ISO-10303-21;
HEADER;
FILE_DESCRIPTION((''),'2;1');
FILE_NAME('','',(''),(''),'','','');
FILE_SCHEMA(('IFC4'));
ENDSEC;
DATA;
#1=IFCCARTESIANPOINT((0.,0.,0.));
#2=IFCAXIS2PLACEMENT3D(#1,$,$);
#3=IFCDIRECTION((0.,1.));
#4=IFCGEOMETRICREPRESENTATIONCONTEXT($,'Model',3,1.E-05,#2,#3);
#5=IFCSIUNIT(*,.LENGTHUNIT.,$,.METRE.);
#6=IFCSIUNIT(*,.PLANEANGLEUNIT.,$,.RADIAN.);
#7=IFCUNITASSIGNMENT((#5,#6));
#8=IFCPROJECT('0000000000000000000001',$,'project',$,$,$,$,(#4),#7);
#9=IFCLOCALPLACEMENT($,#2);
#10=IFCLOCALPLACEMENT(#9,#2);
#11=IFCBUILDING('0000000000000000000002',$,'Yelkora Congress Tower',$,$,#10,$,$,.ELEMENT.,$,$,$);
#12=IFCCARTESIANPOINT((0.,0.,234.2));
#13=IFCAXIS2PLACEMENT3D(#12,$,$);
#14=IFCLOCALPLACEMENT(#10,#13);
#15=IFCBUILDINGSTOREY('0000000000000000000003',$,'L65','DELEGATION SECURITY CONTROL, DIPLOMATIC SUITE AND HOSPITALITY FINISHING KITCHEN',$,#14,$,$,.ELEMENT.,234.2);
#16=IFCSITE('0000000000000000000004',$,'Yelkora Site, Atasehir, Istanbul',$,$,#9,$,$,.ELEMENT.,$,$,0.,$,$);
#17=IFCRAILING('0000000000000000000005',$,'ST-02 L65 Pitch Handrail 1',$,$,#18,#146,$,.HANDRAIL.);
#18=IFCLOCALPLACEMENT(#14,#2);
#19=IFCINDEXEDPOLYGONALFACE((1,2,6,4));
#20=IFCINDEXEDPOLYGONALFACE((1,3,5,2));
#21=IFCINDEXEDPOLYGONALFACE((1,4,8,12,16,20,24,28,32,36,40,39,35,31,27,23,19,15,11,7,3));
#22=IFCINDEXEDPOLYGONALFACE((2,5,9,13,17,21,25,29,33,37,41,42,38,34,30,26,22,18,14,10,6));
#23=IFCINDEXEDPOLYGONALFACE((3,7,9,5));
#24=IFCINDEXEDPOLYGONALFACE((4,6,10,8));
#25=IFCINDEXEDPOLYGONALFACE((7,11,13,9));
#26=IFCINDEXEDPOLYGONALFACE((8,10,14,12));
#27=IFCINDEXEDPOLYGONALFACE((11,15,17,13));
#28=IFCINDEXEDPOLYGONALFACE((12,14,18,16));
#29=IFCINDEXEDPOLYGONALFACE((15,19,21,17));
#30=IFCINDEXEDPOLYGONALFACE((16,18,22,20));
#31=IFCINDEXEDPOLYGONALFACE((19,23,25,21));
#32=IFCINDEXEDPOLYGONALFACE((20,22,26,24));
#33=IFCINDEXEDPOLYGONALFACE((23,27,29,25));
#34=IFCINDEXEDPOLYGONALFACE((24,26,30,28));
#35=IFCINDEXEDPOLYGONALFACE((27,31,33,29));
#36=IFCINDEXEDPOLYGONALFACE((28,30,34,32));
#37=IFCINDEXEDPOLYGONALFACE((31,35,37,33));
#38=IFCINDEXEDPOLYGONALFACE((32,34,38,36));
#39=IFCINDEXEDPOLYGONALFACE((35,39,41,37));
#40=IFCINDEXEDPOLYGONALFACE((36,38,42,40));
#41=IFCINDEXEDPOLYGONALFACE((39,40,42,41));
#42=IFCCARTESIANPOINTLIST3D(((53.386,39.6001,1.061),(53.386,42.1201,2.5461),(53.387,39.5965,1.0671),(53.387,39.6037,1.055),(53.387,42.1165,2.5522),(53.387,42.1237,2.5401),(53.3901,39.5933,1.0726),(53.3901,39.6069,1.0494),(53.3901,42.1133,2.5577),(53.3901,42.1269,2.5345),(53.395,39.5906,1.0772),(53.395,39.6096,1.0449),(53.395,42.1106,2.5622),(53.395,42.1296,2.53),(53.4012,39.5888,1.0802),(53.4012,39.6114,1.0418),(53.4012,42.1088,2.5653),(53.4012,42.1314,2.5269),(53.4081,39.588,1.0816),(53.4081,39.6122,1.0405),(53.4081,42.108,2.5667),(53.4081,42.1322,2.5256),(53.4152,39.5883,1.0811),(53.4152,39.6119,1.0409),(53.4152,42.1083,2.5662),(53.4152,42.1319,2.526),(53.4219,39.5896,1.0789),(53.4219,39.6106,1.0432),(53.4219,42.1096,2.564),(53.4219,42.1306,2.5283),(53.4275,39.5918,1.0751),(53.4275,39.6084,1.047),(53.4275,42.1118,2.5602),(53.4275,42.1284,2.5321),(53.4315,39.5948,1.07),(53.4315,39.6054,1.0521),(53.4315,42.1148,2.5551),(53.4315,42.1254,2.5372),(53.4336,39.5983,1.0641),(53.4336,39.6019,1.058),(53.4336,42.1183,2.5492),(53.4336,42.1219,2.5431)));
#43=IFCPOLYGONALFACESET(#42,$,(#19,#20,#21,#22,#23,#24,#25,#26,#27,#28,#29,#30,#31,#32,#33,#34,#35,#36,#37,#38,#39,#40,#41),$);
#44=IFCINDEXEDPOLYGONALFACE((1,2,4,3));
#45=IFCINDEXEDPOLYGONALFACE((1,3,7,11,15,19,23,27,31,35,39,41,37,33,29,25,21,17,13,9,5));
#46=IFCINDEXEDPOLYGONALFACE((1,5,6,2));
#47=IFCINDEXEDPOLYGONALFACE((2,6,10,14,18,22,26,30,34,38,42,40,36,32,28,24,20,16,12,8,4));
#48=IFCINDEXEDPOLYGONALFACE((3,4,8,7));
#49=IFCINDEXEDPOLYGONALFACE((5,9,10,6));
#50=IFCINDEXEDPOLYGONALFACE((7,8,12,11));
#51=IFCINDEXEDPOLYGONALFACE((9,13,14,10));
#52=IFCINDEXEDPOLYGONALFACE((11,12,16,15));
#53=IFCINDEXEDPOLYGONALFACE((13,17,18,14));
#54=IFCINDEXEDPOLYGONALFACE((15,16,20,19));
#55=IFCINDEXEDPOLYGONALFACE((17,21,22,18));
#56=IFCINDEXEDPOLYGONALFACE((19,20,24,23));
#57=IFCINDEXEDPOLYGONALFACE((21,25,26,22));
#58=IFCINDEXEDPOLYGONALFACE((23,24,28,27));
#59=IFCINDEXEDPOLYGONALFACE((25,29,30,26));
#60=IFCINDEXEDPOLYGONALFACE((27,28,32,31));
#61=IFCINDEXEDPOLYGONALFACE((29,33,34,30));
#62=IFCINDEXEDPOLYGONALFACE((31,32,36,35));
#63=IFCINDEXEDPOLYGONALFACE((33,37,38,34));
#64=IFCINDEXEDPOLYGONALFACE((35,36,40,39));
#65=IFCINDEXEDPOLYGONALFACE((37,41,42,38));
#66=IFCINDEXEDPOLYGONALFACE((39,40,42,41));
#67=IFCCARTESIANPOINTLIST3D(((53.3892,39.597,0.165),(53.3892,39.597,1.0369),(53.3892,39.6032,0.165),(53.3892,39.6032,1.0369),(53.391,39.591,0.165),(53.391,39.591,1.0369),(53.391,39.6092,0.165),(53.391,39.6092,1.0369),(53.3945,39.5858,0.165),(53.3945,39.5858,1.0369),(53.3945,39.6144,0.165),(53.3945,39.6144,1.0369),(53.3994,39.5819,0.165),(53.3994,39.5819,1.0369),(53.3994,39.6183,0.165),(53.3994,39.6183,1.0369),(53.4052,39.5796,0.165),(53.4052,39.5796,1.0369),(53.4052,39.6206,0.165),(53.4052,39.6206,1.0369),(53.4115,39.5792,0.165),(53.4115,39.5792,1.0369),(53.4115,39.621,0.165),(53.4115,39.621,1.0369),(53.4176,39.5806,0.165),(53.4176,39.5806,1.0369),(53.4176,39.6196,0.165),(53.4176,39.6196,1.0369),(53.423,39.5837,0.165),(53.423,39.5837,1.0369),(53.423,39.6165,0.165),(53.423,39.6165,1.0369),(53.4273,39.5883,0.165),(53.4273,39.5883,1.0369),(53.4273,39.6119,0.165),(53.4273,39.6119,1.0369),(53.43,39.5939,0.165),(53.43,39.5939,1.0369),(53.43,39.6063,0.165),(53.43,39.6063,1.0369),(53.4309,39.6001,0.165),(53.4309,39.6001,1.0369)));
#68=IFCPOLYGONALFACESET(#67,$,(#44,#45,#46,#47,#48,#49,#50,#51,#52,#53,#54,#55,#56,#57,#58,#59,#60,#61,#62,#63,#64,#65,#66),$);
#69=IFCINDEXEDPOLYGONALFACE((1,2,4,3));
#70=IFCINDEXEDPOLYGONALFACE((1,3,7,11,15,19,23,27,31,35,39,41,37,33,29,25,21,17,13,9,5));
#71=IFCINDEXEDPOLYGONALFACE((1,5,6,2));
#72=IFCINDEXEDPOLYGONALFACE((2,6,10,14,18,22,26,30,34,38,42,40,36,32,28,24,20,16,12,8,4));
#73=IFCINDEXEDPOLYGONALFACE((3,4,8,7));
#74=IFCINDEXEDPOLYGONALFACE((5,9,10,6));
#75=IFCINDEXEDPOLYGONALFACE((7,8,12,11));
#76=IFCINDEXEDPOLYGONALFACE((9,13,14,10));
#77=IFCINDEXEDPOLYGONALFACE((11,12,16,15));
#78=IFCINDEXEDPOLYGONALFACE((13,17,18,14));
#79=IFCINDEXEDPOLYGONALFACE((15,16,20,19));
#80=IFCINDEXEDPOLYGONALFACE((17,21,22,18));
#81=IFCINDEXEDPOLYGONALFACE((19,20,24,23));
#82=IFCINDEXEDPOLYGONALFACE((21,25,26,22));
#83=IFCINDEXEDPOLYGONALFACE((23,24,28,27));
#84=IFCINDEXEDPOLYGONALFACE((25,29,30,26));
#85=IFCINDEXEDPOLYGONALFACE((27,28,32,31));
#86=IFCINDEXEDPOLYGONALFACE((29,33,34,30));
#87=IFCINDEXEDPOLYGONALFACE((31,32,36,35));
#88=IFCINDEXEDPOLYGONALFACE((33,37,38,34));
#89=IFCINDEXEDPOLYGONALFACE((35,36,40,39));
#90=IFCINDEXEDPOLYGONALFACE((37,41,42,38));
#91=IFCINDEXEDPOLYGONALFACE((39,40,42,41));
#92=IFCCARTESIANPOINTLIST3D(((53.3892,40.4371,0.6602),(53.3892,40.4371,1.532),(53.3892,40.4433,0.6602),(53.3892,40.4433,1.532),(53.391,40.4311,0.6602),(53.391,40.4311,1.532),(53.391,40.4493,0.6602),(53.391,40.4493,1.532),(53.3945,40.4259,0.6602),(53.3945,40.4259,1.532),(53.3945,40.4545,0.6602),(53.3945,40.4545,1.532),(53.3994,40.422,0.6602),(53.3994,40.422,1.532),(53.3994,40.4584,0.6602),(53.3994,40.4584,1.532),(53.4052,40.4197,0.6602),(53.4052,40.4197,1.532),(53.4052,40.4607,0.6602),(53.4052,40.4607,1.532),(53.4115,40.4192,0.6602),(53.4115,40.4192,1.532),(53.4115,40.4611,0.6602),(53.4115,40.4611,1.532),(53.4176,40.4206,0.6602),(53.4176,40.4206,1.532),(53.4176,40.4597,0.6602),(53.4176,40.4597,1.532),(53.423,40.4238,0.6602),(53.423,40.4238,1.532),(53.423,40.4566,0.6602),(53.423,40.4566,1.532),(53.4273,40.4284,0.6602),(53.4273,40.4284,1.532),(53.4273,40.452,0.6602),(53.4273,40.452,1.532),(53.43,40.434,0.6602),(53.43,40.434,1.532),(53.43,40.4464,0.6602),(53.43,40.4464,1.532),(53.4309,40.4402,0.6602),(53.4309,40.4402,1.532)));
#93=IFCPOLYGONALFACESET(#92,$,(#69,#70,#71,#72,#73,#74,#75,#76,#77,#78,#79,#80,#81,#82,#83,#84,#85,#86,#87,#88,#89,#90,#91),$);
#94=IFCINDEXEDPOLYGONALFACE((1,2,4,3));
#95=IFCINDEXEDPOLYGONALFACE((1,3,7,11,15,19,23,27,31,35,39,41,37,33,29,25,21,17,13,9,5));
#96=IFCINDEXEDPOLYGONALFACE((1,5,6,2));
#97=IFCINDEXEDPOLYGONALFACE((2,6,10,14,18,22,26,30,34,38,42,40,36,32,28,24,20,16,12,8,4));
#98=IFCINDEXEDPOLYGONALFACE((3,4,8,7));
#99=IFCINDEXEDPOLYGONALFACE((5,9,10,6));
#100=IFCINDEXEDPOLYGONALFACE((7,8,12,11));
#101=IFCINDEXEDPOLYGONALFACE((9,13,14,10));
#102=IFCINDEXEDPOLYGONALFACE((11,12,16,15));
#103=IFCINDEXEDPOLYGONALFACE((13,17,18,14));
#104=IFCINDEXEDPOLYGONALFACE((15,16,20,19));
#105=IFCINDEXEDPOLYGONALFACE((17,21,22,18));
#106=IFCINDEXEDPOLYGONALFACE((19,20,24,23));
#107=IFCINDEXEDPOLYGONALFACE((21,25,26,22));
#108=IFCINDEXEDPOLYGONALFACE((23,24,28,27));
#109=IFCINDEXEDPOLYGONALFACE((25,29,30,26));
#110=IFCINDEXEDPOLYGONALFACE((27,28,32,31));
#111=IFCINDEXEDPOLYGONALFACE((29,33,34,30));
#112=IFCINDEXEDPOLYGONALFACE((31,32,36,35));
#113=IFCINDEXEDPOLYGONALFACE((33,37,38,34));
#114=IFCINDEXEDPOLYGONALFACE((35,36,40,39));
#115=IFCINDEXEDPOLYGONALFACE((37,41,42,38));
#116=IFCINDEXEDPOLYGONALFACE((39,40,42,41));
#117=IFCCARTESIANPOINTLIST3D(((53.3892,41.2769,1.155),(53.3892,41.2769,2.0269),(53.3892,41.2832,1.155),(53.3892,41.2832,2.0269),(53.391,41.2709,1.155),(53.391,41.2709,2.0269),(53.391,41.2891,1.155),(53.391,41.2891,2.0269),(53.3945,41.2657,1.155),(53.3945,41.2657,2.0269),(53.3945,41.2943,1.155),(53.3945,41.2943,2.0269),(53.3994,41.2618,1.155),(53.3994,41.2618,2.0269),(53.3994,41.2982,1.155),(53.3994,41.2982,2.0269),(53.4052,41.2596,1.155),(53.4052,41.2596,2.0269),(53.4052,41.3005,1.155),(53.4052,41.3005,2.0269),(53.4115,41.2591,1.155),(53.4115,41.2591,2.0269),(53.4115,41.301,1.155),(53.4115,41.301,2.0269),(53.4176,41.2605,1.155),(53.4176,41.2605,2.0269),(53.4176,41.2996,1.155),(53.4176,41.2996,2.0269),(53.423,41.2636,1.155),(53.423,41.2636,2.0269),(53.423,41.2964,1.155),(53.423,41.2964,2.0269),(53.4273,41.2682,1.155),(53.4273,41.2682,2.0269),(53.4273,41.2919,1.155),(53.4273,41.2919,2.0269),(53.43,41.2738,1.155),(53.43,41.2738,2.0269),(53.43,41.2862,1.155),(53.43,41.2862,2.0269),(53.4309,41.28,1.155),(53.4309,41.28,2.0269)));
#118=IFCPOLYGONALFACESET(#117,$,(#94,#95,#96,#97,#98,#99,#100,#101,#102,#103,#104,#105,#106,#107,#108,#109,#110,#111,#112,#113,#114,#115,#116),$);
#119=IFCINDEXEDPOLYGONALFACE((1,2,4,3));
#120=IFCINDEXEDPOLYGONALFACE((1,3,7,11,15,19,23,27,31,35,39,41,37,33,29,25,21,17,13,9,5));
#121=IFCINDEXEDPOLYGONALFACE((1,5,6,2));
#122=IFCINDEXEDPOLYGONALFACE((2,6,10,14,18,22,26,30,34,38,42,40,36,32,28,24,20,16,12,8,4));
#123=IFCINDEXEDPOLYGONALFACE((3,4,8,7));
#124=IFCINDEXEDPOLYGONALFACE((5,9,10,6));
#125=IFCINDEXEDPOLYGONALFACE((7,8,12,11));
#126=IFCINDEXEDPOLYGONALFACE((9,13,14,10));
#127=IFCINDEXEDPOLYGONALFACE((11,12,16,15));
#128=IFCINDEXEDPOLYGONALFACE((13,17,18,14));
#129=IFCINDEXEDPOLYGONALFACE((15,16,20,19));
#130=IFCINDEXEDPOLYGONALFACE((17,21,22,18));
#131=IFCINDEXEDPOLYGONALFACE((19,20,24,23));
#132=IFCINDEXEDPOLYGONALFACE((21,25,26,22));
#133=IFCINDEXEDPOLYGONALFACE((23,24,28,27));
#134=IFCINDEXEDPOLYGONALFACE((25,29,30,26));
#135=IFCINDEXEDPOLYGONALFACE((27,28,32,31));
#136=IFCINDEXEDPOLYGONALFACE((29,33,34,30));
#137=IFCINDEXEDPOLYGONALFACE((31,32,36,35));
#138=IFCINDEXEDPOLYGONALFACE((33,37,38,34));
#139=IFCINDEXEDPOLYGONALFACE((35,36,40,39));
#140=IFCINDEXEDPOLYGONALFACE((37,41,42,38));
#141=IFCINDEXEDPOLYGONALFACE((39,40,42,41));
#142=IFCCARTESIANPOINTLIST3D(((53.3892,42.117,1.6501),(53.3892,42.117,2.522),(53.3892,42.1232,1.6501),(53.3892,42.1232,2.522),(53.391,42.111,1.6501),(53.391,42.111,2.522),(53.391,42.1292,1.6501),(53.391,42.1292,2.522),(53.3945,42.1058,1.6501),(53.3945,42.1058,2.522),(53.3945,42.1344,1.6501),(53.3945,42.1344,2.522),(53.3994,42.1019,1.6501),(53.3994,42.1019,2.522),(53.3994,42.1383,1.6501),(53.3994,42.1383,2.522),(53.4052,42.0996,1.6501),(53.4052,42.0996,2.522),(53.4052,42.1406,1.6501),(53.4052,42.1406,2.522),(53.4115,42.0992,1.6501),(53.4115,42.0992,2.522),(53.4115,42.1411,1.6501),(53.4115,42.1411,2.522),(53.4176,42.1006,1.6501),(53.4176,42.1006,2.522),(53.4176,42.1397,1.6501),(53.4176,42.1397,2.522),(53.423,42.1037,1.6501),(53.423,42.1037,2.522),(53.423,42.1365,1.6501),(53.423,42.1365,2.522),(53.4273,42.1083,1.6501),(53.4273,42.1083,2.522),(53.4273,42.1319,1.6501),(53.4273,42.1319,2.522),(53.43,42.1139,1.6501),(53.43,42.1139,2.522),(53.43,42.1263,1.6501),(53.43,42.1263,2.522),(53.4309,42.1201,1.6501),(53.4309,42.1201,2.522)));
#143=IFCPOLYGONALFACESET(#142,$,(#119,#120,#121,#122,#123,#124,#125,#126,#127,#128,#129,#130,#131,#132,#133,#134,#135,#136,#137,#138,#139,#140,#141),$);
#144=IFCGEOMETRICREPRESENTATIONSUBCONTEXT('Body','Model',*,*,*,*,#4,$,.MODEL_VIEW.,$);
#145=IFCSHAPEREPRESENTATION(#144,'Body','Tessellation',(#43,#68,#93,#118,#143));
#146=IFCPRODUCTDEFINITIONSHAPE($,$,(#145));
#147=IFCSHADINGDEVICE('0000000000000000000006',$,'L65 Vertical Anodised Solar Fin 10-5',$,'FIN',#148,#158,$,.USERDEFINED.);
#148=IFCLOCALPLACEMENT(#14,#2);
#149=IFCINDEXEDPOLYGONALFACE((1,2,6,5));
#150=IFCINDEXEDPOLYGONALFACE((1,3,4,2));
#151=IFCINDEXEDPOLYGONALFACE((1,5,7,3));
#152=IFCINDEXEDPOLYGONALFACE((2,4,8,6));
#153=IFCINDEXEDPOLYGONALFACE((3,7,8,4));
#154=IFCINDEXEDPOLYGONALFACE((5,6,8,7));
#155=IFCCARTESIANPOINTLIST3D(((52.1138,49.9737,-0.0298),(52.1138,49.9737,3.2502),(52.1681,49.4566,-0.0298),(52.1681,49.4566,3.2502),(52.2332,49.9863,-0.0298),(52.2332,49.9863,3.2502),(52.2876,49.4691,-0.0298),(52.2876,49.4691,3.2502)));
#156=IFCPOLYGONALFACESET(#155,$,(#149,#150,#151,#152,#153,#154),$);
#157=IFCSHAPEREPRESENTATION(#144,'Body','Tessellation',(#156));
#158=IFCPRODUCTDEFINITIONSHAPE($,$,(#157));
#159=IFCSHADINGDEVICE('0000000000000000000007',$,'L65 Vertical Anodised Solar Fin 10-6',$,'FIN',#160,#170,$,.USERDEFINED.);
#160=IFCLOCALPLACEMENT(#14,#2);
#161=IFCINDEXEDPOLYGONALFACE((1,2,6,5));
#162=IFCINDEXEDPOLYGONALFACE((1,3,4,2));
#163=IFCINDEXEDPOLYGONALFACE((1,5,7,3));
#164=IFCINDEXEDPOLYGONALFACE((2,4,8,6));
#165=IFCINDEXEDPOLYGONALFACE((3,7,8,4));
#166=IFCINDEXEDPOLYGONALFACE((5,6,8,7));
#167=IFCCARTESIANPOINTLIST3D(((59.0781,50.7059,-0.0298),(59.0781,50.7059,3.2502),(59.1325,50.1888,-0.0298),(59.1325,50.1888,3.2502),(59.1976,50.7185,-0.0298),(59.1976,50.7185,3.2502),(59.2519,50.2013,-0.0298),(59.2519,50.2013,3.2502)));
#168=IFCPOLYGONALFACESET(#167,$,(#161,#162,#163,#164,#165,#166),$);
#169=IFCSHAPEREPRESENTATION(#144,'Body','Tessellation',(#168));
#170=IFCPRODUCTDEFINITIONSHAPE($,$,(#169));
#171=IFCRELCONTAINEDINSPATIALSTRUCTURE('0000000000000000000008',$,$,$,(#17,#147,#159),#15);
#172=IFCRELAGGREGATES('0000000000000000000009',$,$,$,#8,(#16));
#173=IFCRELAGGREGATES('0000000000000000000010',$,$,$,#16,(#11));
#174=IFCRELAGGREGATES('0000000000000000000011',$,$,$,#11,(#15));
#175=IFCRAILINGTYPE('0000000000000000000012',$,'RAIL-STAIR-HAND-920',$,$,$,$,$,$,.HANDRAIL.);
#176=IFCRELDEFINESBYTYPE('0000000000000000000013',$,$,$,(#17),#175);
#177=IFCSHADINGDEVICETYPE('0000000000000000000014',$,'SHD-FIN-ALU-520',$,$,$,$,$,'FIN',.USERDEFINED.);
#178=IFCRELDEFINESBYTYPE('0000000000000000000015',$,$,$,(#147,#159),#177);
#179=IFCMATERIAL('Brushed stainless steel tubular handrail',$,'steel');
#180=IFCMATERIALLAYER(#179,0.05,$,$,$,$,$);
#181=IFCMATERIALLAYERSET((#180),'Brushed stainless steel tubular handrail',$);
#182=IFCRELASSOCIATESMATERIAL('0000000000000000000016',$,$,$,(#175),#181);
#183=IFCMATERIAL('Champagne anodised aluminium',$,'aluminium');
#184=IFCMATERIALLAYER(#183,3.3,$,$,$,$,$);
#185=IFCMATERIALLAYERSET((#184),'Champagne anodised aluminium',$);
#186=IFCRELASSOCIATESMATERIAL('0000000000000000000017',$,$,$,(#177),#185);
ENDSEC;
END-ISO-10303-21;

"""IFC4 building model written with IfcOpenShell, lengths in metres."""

from ifc_helpers import new_model, si_unit, direction, frame, origin, origin_2d, place, context, subcontext, project, spatial, rectangle, circle, extrude, material, layer, layer_set, type_object, element, save


model = new_model("IFC4")

# Units and contexts
model_context = context("Model", 3, precision=1e-05, world=origin(), true_north=direction((0.0, 1.0)))
body_context = subcontext(model_context, "Body", "Model", "MODEL_VIEW")
ifc_project = project(units=[si_unit("LENGTHUNIT", "METRE"), si_unit("PLANEANGLEUNIT", "RADIAN")], contexts=[model_context])

# Site, building, storey
site_placement = place(None, origin())
site = spatial("IfcSite", under=ifc_project, at=site_placement, Name="Yelkora Site, Atasehir, Istanbul", CompositionType="ELEMENT", RefElevation=0.0)
building_placement = place(site_placement, origin())
building = spatial("IfcBuilding", under=site, at=building_placement, Name="Yelkora Congress Tower", CompositionType="ELEMENT")
storey_placement = place(building_placement, frame((0.0, 0.0, 234.2)))
storey = spatial("IfcBuildingStorey", under=building, at=storey_placement, Name="L65", Description="DELEGATION SECURITY CONTROL, DIPLOMATIC SUITE AND HOSPITALITY FINISHING KITCHEN", CompositionType="ELEMENT", Elevation=234.2)

# Railing
ifc_material_1 = material(Name="Brushed stainless steel tubular handrail", Category="steel")
ifc_layer_1 = layer(ifc_material_1, 0.05)
ifc_layer_set_1 = layer_set([ifc_layer_1], Name="Brushed stainless steel tubular handrail")
railing_type_1 = type_object("IfcRailingType", Name="RAIL-STAIR-HAND-920", PredefinedType="HANDRAIL", material=ifc_layer_set_1)
railing_1_placement = place(storey_placement, frame((53.4099, 39.6001, 0.165)))
element("IfcRailing", 1, at=railing_1_placement, inside=storey, type_object=railing_type_1, Name="ST-02 L65 Pitch Handrail 1", PredefinedType="HANDRAIL", context=body_context, shape_type="SweptSolid", body=[
    extrude(circle(Radius=0.0239, at=origin_2d()), frame((0.0, 0.0, 0.896), z_axis=(0.0, 0.861524, 0.507717), x_axis=(-1.0, 0.0, 0.0)), (0.0, 0.0, 1.0), 2.925),
    extrude(circle(Radius=0.021, at=origin_2d()), origin(), (0.0, 0.0, 1.0), 0.8718),
    extrude(circle(Radius=0.021, at=origin_2d()), frame((0.0, 0.8401, 0.4951)), (0.0, 0.0, 1.0), 0.8718),
    extrude(circle(Radius=0.021, at=origin_2d()), frame((0.0, 1.6799, 0.99)), (0.0, 0.0, 1.0), 0.8718),
    extrude(circle(Radius=0.021, at=origin_2d()), frame((0.0, 2.52, 1.4851)), (0.0, 0.0, 1.0), 0.8718),
])

# Shading devices
ifc_material_2 = material(Name="Champagne anodised aluminium", Category="aluminium")
ifc_layer_2 = layer(ifc_material_2, 3.3)
ifc_layer_set_2 = layer_set([ifc_layer_2], Name="Champagne anodised aluminium")
shading_device_type = type_object("IfcShadingDeviceType", Name="SHD-FIN-ALU-520", ElementType="FIN", PredefinedType="USERDEFINED", material=ifc_layer_set_2)
for number, where, z_axis, x_axis, name in (
    (2, (52.2007, 49.7214, -0.0298), (0.0, 0.0, 1.0), (0.994522, 0.104528, 0.0), "L65 Vertical Anodised Solar Fin 10-5"),
    (3, (59.165, 50.4536, -0.0298), (0.0, 0.0, 1.0), (0.994522, 0.104528, 0.0), "L65 Vertical Anodised Solar Fin 10-6"),
):
    element("IfcShadingDevice", number, at=place(storey_placement, frame(where, z_axis=z_axis, x_axis=x_axis)), inside=storey, type_object=shading_device_type, Name=name, ObjectType="FIN", PredefinedType="USERDEFINED", context=body_context, shape_type="SweptSolid", body=[
        extrude(rectangle(XDim=0.1201, YDim=0.52, at=origin_2d()), origin(), (0.0, 0.0, 1.0), 3.28),
    ])

save(model, "model.ifc")
